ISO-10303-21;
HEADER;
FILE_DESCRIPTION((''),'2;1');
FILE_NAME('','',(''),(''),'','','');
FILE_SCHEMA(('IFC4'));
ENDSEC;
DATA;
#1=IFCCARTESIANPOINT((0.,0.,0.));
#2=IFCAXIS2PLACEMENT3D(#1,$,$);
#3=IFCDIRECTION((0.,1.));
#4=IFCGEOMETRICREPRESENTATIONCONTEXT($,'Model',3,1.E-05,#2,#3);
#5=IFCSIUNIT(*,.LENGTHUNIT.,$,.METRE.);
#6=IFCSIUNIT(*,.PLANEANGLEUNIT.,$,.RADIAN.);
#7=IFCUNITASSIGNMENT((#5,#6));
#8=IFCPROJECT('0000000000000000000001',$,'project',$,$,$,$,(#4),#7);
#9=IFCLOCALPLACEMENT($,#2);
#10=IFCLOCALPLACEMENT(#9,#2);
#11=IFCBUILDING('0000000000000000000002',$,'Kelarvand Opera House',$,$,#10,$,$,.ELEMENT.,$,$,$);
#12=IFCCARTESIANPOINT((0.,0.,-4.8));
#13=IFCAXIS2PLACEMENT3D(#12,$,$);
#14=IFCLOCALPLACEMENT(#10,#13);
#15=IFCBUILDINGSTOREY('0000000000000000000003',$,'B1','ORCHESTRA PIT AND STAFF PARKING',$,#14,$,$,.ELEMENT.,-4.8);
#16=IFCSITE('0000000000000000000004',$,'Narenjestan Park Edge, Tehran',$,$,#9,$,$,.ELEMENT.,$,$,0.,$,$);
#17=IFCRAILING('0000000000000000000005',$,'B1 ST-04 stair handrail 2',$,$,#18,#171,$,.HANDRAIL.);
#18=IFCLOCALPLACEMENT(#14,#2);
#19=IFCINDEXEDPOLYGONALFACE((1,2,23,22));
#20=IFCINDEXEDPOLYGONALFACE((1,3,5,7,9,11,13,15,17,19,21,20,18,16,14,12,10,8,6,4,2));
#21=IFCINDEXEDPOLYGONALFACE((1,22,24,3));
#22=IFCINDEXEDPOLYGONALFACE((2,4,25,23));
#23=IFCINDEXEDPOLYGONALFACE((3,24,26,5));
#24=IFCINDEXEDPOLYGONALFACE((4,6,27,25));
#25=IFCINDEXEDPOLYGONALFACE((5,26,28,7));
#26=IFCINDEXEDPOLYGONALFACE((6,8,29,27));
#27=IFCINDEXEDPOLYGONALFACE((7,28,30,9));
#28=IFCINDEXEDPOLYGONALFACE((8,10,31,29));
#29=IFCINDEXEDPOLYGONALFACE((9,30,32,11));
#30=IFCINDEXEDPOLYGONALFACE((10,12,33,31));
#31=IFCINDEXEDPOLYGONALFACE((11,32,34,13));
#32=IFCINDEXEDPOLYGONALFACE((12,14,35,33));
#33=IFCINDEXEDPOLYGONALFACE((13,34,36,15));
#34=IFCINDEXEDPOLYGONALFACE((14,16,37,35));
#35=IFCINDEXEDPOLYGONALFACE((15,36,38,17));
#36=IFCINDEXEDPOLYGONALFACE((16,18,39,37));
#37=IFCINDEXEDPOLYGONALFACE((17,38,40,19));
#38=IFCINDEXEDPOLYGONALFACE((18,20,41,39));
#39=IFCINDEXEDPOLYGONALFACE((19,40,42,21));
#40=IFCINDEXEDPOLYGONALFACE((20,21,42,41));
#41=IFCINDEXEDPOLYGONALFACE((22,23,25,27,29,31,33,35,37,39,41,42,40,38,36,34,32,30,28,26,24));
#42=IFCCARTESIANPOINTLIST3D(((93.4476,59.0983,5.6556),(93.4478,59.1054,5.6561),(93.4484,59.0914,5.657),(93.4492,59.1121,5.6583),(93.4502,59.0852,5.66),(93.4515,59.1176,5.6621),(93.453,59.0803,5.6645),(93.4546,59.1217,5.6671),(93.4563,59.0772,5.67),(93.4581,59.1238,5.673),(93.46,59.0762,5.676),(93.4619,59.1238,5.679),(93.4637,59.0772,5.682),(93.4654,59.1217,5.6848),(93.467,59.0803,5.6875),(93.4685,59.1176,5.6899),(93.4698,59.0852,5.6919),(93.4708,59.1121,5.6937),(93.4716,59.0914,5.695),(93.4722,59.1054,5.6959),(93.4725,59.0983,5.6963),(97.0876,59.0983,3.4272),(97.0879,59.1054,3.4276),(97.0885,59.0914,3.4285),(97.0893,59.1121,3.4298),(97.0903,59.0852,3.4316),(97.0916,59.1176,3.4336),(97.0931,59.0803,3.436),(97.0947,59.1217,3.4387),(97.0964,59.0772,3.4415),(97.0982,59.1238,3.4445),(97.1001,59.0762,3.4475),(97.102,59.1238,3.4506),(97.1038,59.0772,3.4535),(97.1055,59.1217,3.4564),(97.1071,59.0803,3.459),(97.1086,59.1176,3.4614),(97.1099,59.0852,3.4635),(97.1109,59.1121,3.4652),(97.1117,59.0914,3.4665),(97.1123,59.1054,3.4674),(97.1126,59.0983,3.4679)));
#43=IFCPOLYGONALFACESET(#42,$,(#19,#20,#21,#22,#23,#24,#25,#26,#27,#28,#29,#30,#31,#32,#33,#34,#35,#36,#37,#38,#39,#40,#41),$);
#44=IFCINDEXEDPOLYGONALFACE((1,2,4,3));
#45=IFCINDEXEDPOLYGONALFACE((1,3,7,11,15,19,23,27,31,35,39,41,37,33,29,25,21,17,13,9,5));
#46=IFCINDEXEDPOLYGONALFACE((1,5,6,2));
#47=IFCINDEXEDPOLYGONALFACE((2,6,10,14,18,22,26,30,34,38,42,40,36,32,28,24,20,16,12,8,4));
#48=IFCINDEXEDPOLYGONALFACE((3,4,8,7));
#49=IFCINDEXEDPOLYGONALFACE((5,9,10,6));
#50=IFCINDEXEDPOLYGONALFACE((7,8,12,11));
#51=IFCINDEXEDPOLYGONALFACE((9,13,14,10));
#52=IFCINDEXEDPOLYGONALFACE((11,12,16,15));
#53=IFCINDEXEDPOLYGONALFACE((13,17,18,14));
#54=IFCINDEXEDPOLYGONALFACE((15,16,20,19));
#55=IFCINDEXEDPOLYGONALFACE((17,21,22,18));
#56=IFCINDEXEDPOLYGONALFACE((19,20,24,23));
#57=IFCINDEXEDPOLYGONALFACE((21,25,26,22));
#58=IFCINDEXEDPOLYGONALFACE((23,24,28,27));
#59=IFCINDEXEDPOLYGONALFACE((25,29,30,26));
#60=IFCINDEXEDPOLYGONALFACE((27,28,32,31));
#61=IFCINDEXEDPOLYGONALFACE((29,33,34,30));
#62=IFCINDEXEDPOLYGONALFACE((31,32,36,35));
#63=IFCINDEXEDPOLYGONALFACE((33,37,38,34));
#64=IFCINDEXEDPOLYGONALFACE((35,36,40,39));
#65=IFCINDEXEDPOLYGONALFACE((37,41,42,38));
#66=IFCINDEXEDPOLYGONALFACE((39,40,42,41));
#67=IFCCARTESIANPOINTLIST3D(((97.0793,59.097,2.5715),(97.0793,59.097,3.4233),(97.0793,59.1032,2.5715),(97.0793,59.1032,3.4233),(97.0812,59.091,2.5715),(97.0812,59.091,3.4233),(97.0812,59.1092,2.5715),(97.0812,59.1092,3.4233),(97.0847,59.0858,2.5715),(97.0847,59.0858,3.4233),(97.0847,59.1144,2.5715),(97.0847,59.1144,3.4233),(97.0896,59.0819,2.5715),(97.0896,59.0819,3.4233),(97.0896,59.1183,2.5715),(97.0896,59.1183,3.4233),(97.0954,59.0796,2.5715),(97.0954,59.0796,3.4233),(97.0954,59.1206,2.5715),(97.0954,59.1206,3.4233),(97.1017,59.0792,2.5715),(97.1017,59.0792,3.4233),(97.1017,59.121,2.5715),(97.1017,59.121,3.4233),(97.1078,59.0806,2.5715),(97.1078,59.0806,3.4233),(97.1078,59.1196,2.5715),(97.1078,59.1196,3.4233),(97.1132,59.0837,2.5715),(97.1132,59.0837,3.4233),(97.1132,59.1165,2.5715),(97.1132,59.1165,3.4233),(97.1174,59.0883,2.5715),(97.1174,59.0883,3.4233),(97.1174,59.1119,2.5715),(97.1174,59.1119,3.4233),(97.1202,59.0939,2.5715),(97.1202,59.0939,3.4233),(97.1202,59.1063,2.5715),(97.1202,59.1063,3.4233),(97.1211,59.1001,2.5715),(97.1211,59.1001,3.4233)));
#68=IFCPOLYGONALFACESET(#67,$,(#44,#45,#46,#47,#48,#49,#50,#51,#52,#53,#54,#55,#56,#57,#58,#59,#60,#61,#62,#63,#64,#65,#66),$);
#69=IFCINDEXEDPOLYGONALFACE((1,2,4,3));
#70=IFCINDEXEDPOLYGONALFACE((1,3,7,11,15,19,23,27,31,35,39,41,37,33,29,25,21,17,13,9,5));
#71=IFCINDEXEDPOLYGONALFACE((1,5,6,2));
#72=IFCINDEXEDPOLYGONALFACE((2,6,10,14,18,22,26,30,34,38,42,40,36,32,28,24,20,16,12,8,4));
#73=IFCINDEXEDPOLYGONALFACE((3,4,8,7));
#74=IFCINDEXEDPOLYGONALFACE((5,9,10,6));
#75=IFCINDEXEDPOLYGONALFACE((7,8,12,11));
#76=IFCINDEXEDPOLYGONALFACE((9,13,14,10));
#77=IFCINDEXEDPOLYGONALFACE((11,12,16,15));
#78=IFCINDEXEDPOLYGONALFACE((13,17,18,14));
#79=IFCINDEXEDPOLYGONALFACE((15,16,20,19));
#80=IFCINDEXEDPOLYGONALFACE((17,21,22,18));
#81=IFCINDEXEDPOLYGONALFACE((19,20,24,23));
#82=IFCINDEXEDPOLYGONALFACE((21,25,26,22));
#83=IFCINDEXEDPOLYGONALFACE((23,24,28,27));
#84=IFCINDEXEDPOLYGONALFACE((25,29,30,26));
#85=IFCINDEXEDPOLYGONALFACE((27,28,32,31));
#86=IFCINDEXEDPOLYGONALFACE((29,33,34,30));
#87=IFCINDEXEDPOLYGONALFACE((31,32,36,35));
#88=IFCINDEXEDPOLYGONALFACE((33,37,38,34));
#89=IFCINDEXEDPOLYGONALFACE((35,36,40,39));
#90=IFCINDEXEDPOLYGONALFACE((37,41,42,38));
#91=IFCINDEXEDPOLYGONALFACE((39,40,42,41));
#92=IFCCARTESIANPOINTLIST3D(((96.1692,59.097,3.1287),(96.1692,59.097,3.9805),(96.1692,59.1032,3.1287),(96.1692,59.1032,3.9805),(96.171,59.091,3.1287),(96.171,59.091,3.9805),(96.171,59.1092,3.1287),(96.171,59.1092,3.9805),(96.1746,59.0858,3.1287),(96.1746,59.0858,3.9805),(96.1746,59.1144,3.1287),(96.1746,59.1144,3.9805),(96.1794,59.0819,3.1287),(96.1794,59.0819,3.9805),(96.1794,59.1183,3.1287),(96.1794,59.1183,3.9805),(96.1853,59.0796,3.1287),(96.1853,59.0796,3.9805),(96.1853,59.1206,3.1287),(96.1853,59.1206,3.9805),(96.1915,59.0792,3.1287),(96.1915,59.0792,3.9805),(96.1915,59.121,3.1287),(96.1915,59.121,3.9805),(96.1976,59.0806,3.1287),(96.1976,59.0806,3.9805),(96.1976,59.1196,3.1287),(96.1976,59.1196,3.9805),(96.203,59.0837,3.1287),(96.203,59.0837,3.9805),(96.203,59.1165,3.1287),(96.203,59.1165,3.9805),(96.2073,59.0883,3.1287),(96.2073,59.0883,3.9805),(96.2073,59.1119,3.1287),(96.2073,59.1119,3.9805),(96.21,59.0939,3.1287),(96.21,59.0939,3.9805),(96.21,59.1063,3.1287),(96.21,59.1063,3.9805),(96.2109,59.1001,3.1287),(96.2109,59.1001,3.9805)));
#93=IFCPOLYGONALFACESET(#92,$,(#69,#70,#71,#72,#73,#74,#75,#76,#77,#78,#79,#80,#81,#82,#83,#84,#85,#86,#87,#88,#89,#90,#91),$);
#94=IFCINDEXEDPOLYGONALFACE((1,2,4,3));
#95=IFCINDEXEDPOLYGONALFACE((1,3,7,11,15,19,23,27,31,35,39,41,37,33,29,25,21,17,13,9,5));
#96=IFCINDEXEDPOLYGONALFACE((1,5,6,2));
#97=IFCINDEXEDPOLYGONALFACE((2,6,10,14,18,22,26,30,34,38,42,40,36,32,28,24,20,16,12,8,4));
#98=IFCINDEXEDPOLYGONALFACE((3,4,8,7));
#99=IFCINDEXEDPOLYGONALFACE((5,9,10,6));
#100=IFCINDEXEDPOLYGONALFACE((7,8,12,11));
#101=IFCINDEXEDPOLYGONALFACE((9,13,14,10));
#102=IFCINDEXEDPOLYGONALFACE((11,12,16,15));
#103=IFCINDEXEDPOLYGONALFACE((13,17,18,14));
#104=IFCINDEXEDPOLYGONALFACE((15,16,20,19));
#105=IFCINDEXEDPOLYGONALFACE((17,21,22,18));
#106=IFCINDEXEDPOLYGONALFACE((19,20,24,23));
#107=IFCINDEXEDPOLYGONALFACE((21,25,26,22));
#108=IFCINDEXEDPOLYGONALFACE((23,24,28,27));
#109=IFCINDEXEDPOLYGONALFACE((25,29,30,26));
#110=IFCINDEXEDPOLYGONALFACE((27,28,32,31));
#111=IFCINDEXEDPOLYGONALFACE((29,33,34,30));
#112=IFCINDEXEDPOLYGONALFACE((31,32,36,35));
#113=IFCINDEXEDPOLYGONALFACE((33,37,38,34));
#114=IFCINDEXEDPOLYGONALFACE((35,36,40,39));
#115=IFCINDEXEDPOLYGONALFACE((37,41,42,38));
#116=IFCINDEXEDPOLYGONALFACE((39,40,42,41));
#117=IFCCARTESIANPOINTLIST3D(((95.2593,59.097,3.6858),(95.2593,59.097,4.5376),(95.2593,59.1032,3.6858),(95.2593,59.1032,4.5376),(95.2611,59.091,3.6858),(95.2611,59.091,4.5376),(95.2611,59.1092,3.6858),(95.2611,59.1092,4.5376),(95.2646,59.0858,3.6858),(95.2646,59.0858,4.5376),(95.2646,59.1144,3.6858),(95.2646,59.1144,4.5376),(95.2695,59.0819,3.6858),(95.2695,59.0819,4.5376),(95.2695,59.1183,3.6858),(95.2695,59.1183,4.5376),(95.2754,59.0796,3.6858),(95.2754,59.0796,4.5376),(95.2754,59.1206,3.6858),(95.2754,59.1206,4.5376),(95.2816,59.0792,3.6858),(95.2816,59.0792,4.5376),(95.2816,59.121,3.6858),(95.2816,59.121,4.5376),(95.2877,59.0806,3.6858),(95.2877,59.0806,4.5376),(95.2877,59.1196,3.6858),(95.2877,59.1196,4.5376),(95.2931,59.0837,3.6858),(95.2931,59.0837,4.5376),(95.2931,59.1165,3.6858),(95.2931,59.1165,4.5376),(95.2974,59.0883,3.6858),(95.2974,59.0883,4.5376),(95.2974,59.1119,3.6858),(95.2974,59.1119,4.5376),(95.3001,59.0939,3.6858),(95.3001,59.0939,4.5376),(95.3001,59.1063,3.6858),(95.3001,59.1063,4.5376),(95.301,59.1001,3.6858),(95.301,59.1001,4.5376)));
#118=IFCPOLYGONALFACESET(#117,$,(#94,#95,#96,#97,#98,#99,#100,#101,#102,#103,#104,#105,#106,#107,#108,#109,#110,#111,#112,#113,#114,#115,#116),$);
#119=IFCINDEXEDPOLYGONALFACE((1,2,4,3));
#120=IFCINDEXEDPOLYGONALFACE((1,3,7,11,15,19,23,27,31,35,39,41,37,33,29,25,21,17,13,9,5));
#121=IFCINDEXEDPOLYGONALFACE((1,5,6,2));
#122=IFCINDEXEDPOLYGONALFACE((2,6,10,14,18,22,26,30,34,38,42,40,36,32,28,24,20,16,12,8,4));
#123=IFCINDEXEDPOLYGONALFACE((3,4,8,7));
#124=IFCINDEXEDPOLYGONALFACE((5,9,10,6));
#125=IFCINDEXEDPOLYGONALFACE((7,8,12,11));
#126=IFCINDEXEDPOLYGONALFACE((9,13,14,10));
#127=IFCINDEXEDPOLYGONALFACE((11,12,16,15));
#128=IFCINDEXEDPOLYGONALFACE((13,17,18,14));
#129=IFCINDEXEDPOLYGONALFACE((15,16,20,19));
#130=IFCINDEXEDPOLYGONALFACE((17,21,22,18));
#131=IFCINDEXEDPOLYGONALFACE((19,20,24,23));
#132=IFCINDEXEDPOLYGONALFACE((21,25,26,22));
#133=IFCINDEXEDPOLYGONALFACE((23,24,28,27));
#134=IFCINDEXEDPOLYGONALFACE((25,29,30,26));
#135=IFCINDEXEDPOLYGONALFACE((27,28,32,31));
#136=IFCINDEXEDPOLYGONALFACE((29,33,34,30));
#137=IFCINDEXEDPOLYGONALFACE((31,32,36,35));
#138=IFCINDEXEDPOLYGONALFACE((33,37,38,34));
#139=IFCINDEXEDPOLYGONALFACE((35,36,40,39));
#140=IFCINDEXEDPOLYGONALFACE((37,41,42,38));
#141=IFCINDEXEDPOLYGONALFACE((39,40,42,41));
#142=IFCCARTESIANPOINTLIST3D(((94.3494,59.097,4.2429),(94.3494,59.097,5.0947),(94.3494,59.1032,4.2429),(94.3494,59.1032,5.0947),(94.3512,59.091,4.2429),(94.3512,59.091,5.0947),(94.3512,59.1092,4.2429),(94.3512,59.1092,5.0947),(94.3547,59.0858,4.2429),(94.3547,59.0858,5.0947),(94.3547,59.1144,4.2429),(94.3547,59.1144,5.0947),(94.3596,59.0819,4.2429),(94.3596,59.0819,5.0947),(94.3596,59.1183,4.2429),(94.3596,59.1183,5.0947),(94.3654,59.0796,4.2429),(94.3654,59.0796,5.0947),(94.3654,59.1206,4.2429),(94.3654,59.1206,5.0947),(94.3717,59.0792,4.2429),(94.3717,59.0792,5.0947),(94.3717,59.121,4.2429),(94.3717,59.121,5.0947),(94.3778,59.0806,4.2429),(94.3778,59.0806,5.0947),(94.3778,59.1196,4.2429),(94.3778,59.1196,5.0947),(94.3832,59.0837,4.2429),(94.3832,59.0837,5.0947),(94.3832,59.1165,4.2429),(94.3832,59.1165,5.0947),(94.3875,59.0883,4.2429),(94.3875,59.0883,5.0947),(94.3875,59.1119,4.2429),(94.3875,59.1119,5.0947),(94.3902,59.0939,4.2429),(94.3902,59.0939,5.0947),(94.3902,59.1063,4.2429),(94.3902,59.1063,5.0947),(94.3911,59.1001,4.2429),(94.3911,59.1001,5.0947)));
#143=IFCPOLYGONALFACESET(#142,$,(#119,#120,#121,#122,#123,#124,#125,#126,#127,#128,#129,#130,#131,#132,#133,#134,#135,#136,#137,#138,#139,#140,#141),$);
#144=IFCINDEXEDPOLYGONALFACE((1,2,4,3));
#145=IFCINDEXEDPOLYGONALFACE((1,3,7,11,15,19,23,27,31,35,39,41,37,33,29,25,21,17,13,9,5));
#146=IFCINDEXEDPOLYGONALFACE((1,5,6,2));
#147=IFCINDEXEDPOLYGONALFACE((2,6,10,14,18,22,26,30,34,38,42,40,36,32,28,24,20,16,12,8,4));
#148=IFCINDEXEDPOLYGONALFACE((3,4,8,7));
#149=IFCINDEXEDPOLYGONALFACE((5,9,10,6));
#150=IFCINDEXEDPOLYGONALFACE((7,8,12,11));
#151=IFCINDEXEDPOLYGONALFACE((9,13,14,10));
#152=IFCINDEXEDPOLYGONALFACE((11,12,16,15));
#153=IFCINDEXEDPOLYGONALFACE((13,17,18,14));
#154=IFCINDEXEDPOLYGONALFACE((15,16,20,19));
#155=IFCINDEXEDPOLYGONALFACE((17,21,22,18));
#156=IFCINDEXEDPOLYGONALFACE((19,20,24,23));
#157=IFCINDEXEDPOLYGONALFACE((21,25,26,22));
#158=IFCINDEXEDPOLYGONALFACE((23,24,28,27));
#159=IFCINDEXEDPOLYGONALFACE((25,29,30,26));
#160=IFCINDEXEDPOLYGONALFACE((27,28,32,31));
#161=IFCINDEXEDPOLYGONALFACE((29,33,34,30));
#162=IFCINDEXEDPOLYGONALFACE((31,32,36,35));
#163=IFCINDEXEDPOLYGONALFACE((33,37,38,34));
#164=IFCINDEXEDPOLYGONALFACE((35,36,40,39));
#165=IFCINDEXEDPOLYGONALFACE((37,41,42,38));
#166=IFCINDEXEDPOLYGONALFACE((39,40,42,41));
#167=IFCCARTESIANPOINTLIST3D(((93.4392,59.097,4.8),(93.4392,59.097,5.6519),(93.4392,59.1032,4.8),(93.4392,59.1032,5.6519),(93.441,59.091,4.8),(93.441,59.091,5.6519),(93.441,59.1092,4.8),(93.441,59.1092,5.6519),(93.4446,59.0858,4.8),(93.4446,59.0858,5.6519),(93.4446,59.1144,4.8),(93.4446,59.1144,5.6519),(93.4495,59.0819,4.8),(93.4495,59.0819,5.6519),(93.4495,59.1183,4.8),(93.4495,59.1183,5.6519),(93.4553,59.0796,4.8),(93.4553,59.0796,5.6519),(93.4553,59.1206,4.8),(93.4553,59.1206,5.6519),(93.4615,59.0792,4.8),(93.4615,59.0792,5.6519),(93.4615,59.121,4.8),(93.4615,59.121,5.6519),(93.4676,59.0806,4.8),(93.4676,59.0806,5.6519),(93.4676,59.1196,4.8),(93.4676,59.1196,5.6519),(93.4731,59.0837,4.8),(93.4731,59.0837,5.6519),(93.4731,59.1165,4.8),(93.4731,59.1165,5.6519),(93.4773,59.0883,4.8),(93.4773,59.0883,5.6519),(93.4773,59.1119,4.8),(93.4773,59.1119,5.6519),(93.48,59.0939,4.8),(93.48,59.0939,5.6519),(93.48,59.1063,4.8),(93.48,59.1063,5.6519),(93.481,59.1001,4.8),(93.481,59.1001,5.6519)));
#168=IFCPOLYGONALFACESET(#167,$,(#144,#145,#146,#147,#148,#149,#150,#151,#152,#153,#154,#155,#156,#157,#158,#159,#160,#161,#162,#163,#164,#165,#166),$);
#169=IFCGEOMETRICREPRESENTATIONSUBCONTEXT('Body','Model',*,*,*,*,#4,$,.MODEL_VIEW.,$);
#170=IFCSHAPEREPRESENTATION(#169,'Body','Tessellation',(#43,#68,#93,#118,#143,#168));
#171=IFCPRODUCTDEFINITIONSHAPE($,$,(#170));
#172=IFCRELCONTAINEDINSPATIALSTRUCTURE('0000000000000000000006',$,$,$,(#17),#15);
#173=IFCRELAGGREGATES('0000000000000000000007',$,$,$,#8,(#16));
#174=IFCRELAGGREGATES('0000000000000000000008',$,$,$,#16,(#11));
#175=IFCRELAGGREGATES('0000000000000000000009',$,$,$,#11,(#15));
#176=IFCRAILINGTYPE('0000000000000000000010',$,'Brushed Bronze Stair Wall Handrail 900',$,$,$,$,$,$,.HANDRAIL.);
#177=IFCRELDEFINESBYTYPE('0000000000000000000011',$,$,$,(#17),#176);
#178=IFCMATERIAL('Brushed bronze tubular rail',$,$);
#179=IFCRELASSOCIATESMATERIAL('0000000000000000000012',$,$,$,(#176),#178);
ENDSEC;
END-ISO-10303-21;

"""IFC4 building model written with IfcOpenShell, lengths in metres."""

from ifc_helpers import new_model, si_unit, direction, frame, origin, origin_2d, place, context, subcontext, project, spatial, circle, extrude, material, type_object, element, save


model = new_model("IFC4")

# Units and contexts
model_context = context("Model", 3, precision=1e-05, world=origin(), true_north=direction((0.0, 1.0)))
body_context = subcontext(model_context, "Body", "Model", "MODEL_VIEW")
ifc_project = project(units=[si_unit("LENGTHUNIT", "METRE"), si_unit("PLANEANGLEUNIT", "RADIAN")], contexts=[model_context])

# Site, building, storey
site_placement = place(None, origin())
site = spatial("IfcSite", under=ifc_project, at=site_placement, Name="Narenjestan Park Edge, Tehran", CompositionType="ELEMENT", RefElevation=0.0)
building_placement = place(site_placement, origin())
building = spatial("IfcBuilding", under=site, at=building_placement, Name="Kelarvand Opera House", CompositionType="ELEMENT")
storey_placement = place(building_placement, frame((0.0, 0.0, -4.8)))
storey = spatial("IfcBuildingStorey", under=building, at=storey_placement, Name="B1", Description="ORCHESTRA PIT AND STAFF PARKING", CompositionType="ELEMENT", Elevation=-4.8)

# Railing
ifc_material_1 = material(Name="Brushed bronze tubular rail")
railing_type_1 = type_object("IfcRailingType", Name="Brushed Bronze Stair Wall Handrail 900", PredefinedType="HANDRAIL", material=ifc_material_1)
railing_1_placement = place(storey_placement, frame((97.1001, 59.1001, 2.5715)))
element("IfcRailing", 1, at=railing_1_placement, inside=storey, type_object=railing_type_1, Name="B1 ST-04 stair handrail 2", PredefinedType="HANDRAIL", context=body_context, shape_type="SweptSolid", body=[
    extrude(circle(Radius=0.0239, at=origin_2d()), frame((0.0, 0.0, 0.876), z_axis=(-0.852866, 0.0, 0.52213), x_axis=(0.0, -1.0, 0.0)), (0.0, 0.0, 1.0), 4.2681),
    extrude(circle(Radius=0.021, at=origin_2d()), origin(), (0.0, 0.0, 1.0), 0.8518),
    extrude(circle(Radius=0.021, at=origin_2d()), frame((-0.9102, 0.0, 0.5571)), (0.0, 0.0, 1.0), 0.8518),
    extrude(circle(Radius=0.021, at=origin_2d()), frame((-1.8201, 0.0, 1.1143)), (0.0, 0.0, 1.0), 0.8518),
    extrude(circle(Radius=0.021, at=origin_2d()), frame((-2.73, 0.0, 1.6714)), (0.0, 0.0, 1.0), 0.8518),
    extrude(circle(Radius=0.021, at=origin_2d()), frame((-3.6401, 0.0, 2.2285)), (0.0, 0.0, 1.0), 0.8518),
])

save(model, "model.ifc")
